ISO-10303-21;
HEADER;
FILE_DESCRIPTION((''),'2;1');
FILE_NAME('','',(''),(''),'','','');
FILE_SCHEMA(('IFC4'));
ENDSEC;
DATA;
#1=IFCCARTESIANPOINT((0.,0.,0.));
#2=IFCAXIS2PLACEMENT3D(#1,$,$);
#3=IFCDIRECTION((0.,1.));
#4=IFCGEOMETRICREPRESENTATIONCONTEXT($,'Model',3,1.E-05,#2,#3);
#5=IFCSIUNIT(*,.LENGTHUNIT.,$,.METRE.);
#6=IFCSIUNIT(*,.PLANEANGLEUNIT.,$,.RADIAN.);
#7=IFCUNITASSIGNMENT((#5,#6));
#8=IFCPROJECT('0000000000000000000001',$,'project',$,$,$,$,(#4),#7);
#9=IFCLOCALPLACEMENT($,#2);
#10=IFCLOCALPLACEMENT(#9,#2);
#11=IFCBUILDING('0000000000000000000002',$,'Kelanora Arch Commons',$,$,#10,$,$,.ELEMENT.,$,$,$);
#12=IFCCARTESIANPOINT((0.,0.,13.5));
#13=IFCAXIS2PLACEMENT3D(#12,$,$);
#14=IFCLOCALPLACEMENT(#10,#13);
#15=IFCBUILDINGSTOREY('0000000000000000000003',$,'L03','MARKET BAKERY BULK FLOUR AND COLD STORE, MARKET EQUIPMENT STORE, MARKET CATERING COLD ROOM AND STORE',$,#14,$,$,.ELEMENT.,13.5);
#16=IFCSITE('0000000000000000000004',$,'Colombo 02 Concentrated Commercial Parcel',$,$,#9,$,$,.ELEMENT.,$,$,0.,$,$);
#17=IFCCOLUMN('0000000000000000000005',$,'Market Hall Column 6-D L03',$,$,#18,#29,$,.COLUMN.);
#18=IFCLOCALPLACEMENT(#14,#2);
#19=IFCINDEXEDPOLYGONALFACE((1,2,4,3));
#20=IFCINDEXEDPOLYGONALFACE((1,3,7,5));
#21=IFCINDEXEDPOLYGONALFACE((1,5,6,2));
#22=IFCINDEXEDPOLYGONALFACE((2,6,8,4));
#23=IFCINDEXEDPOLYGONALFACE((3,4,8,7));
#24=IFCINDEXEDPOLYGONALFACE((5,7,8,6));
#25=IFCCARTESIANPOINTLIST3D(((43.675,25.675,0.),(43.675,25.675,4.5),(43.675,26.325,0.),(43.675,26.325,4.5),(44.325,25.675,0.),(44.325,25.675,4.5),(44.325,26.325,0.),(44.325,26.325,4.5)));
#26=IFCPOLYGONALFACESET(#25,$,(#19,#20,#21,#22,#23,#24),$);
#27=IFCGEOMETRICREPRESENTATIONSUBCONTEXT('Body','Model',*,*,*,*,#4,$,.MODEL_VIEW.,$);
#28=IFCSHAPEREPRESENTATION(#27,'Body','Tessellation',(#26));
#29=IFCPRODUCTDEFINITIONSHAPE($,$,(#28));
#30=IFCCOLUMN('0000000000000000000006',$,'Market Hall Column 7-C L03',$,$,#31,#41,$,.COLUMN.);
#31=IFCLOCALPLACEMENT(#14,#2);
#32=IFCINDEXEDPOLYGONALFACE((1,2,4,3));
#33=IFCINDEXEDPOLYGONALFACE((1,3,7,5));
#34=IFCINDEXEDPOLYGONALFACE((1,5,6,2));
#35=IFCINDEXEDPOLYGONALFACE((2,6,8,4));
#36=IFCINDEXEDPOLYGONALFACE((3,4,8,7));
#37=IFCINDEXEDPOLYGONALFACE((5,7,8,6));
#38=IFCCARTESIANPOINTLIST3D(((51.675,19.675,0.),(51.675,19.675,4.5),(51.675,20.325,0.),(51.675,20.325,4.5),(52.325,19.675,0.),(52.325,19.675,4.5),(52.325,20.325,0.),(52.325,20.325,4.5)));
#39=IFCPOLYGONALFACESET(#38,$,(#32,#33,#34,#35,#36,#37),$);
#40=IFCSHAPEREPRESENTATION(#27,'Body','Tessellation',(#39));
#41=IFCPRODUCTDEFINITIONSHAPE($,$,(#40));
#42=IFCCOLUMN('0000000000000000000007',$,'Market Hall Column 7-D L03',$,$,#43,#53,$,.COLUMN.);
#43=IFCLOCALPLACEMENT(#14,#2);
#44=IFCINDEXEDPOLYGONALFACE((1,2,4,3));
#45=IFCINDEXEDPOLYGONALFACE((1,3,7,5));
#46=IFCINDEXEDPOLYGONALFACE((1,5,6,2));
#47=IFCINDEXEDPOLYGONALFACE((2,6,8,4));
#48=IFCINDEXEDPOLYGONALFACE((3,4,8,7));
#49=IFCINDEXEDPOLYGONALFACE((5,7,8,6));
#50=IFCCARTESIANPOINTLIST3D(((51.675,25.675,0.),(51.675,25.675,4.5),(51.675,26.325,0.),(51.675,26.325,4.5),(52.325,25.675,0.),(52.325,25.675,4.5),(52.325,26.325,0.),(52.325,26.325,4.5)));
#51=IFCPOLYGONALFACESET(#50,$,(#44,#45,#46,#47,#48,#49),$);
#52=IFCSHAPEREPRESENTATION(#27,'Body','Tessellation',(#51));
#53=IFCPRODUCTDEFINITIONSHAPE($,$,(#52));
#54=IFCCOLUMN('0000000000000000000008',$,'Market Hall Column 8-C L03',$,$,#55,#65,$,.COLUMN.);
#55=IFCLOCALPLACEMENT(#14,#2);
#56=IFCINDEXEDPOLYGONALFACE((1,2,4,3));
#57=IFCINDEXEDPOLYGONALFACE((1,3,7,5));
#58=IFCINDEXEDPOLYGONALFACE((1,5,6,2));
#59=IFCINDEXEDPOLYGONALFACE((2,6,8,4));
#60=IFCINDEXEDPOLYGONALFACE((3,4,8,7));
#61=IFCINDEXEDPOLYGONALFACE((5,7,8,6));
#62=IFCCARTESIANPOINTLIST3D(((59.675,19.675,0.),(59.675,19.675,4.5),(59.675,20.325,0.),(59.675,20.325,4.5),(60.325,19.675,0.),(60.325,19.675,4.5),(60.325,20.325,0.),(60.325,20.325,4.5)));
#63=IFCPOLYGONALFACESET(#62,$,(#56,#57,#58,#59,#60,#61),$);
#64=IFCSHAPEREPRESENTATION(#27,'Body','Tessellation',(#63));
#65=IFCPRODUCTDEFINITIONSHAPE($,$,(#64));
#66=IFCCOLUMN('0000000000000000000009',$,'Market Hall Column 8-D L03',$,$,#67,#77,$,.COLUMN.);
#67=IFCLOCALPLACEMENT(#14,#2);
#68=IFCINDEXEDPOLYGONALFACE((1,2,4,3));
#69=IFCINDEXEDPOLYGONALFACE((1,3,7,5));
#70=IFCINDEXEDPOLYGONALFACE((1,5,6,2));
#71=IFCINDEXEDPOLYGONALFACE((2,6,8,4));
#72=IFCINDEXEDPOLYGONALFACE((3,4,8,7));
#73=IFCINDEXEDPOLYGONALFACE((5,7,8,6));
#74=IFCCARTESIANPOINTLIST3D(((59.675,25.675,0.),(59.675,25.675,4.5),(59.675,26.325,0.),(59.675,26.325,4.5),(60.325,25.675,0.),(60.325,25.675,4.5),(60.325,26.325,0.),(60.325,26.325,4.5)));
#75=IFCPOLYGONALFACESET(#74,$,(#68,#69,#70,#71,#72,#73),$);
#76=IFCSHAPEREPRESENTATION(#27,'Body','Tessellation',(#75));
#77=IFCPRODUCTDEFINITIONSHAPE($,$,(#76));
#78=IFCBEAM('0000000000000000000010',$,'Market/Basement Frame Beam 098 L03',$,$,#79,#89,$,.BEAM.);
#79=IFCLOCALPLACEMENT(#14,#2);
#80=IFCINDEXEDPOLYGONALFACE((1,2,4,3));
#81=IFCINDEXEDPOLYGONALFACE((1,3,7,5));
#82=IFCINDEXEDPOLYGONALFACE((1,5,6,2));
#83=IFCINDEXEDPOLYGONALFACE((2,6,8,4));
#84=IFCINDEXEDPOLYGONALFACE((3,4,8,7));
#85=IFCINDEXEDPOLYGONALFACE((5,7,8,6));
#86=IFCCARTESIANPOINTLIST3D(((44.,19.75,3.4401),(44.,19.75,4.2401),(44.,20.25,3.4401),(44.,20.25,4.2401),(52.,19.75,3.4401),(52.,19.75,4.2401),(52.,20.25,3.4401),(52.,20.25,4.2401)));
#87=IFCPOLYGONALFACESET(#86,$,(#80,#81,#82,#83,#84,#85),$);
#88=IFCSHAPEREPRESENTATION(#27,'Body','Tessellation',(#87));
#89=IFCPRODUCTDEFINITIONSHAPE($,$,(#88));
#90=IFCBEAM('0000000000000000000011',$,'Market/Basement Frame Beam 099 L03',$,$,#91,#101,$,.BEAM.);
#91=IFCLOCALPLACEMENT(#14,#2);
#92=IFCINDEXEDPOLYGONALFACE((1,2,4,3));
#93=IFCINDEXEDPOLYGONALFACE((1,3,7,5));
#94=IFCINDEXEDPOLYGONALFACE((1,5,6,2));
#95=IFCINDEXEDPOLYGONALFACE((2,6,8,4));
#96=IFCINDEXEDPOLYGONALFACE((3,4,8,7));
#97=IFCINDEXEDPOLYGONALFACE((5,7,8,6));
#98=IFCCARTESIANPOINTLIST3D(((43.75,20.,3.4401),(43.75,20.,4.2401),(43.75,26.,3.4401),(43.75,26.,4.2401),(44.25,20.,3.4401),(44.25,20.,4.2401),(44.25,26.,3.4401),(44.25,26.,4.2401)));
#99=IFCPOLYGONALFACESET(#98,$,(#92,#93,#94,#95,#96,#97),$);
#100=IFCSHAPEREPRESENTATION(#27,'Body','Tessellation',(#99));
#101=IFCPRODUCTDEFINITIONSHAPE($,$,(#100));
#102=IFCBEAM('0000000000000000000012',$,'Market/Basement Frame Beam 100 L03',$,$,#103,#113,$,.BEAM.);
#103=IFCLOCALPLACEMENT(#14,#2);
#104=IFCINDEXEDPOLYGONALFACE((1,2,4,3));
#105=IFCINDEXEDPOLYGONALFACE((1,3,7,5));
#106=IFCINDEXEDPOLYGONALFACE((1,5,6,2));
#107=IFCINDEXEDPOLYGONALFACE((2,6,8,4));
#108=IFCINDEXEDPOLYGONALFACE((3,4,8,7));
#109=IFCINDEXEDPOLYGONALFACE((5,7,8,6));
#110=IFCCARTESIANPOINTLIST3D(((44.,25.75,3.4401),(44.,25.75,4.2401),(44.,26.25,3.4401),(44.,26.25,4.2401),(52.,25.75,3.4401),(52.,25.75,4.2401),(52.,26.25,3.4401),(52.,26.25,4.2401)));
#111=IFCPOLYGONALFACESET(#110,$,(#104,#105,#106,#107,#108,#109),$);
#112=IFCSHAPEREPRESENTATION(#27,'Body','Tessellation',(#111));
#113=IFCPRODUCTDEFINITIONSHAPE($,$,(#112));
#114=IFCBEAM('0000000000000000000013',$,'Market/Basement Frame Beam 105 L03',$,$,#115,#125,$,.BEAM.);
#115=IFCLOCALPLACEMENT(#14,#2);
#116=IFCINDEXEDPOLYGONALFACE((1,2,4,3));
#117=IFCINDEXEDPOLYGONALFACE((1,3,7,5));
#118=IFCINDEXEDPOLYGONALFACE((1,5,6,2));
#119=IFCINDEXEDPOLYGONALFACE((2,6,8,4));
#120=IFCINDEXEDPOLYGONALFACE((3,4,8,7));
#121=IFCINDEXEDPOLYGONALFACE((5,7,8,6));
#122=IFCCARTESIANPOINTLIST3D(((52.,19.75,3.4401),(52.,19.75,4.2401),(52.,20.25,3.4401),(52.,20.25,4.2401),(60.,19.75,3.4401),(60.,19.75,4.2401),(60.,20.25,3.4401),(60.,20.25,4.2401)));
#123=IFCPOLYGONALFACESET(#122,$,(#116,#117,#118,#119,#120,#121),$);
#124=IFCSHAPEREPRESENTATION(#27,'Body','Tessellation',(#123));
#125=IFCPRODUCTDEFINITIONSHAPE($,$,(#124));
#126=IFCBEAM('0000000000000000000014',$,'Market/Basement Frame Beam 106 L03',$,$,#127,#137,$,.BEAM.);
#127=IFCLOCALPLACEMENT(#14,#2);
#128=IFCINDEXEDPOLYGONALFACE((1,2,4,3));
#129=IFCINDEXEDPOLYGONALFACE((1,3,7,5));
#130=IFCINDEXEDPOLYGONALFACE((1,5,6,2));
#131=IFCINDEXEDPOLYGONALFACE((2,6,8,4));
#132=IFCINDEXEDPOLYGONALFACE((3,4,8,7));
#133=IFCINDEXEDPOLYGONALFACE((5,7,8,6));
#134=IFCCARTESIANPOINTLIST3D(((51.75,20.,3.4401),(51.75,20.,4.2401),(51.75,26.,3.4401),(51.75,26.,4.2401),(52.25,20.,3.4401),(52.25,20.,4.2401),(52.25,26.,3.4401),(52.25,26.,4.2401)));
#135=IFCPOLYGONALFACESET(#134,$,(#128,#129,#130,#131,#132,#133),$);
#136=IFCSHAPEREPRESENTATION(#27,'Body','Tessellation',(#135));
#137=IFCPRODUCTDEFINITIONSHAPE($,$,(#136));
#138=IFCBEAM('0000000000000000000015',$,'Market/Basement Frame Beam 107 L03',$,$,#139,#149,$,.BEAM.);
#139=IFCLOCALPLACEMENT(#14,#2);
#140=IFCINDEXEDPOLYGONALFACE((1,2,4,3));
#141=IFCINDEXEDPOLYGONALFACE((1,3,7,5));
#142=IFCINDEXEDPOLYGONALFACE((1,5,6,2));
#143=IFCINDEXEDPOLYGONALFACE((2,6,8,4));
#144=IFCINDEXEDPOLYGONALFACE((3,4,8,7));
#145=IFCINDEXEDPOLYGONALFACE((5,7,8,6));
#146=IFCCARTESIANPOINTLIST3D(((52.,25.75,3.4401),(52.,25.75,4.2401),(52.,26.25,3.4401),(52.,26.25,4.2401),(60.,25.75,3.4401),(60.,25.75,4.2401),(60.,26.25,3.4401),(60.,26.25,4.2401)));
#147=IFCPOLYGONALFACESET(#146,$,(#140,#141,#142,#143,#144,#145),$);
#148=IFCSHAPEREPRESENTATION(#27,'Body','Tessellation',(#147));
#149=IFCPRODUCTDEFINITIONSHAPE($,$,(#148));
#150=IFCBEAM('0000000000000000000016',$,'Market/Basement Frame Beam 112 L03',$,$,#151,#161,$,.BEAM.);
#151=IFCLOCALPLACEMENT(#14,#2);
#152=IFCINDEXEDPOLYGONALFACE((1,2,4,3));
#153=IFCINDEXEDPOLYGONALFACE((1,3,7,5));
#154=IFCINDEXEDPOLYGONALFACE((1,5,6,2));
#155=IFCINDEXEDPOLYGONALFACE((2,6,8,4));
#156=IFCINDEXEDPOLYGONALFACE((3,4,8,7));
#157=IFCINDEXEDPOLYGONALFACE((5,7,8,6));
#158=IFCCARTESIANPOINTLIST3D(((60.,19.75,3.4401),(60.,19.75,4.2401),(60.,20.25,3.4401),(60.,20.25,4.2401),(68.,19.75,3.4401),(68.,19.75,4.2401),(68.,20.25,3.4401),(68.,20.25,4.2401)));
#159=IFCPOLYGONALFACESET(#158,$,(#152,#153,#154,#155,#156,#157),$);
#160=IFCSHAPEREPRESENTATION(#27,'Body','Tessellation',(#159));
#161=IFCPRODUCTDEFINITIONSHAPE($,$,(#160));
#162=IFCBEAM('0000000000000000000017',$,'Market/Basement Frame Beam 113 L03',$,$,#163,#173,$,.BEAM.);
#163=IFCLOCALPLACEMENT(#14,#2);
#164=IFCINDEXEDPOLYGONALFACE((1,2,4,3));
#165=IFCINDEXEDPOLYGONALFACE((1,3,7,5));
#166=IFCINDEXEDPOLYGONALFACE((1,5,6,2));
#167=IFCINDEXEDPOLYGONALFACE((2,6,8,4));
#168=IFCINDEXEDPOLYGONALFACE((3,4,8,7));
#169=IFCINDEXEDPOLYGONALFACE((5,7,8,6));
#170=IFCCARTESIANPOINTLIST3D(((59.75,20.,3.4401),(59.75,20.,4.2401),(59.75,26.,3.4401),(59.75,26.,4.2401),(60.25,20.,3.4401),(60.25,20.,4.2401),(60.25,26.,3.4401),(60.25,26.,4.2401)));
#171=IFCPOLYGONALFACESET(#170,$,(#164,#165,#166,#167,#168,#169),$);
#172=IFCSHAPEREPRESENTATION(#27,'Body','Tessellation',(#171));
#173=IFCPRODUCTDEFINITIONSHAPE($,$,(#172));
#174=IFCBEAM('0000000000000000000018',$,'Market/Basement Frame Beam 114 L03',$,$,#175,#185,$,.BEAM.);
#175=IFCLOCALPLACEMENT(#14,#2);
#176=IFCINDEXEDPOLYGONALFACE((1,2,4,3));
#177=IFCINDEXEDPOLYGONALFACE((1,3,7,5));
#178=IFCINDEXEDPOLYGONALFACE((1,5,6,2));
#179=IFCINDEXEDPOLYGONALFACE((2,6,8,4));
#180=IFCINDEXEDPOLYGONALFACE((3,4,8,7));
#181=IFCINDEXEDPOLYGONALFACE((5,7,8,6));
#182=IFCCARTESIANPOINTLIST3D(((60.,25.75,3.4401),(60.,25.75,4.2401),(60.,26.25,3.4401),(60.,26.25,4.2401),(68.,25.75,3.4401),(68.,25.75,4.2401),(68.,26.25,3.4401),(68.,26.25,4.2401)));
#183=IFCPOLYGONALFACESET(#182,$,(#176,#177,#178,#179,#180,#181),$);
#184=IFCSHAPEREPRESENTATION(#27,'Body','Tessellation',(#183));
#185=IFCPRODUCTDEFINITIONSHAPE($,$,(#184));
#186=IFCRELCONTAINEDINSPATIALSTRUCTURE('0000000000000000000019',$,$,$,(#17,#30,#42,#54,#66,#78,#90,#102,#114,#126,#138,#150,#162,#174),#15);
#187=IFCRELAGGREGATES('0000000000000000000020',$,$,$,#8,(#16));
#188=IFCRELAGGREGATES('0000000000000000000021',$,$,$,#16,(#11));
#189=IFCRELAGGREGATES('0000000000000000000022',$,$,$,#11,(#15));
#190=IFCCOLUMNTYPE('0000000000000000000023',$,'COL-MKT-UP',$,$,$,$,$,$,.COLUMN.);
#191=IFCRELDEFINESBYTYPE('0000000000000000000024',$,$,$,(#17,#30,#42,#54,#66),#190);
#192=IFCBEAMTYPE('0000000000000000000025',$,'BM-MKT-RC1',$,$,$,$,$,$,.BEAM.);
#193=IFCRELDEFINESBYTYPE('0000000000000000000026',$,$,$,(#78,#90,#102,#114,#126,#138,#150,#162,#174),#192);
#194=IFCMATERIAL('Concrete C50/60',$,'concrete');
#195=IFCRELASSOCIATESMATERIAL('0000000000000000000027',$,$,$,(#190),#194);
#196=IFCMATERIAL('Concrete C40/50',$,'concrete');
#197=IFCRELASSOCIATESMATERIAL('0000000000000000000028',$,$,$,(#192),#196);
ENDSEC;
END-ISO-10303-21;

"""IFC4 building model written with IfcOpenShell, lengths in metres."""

from ifc_helpers import new_model, si_unit, direction, frame, origin, origin_2d, place, context, subcontext, project, spatial, rectangle, extrude, material, material_profile, profile_set, type_object, element, save


model = new_model("IFC4")

# Units and contexts
model_context = context("Model", 3, precision=1e-05, world=origin(), true_north=direction((0.0, 1.0)))
body_context = subcontext(model_context, "Body", "Model", "MODEL_VIEW")
ifc_project = project(units=[si_unit("LENGTHUNIT", "METRE"), si_unit("PLANEANGLEUNIT", "RADIAN")], contexts=[model_context])

# Site, building, storey
site_placement = place(None, origin())
site = spatial("IfcSite", under=ifc_project, at=site_placement, Name="Colombo 02 Concentrated Commercial Parcel", CompositionType="ELEMENT", RefElevation=0.0)
building_placement = place(site_placement, origin())
building = spatial("IfcBuilding", under=site, at=building_placement, Name="Kelanora Arch Commons", CompositionType="ELEMENT")
storey_placement = place(building_placement, frame((0.0, 0.0, 13.5)))
storey = spatial("IfcBuildingStorey", under=building, at=storey_placement, Name="L03", Description="MARKET BAKERY BULK FLOUR AND COLD STORE, MARKET EQUIPMENT STORE, MARKET CATERING COLD ROOM AND STORE", CompositionType="ELEMENT", Elevation=13.5)

# Columns
ifc_material_1 = material(Name="Concrete C50/60", Category="concrete")
ifc_material_profile_1 = material_profile(ifc_material_1, rectangle(XDim=0.6499, YDim=0.6499, at=origin_2d()), Name="RC650x650")
ifc_profile_set_1 = profile_set([ifc_material_profile_1], Name="Concrete C50/60")
column_type = type_object("IfcColumnType", Name="COL-MKT-UP", PredefinedType="COLUMN", material=ifc_profile_set_1)
for number, where, z_axis, x_axis, name in (
    (1, (44.0, 26.0, 0.0), (0.0, 0.0, 1.0), (1.0, 0.0, 0.0), "Market Hall Column 6-D L03"),
    (2, (52.0, 20.0, 0.0), (0.0, 0.0, 1.0), (1.0, 0.0, 0.0), "Market Hall Column 7-C L03"),
    (3, (52.0, 26.0, 0.0), (0.0, 0.0, 1.0), (1.0, 0.0, 0.0), "Market Hall Column 7-D L03"),
    (4, (60.0, 20.0, 0.0), (0.0, 0.0, 1.0), (1.0, 0.0, 0.0), "Market Hall Column 8-C L03"),
    (5, (60.0, 26.0, 0.0), (0.0, 0.0, 1.0), (1.0, 0.0, 0.0), "Market Hall Column 8-D L03"),
):
    element("IfcColumn", number, at=place(storey_placement, frame(where, z_axis=z_axis, x_axis=x_axis)), inside=storey, type_object=column_type, Name=name, PredefinedType="COLUMN", context=body_context, shape_type="SweptSolid", body=[
        extrude(rectangle(XDim=0.6499, YDim=0.6499, at=origin_2d()), origin(), (0.0, 0.0, 1.0), 4.5),
    ])

# Beams
ifc_material_2 = material(Name="Concrete C40/50", Category="concrete")
ifc_material_profile_2 = material_profile(ifc_material_2, rectangle(XDim=0.5, YDim=0.8, at=origin_2d()), Name="RCB500x800")
ifc_profile_set_2 = profile_set([ifc_material_profile_2], Name="Concrete C40/50")
beam_type = type_object("IfcBeamType", Name="BM-MKT-RC1", PredefinedType="BEAM", material=ifc_profile_set_2)
beam_1_placement = place(storey_placement, frame((44.0, 20.0, 3.8401), z_axis=(1.0, 0.0, 0.0), x_axis=(0.0, 1.0, 0.0)))
element("IfcBeam", 6, at=beam_1_placement, inside=storey, type_object=beam_type, Name="Market/Basement Frame Beam 098 L03", PredefinedType="BEAM", context=body_context, shape_type="SweptSolid", body=[
    extrude(rectangle(XDim=0.5, YDim=0.8, at=origin_2d()), origin(), (0.0, 0.0, 1.0), 8.0),
])
beam_2_placement = place(storey_placement, frame((44.0, 20.0, 3.8401), z_axis=(0.0, 1.0, 0.0), x_axis=(-1.0, 0.0, 0.0)))
element("IfcBeam", 7, at=beam_2_placement, inside=storey, type_object=beam_type, Name="Market/Basement Frame Beam 099 L03", PredefinedType="BEAM", context=body_context, shape_type="SweptSolid", body=[
    extrude(rectangle(XDim=0.5, YDim=0.8, at=origin_2d()), origin(), (0.0, 0.0, 1.0), 6.0),
])
for number, where, z_axis, x_axis, name in (
    (8, (44.0, 26.0, 3.8401), (1.0, 0.0, 0.0), (0.0, 1.0, 0.0), "Market/Basement Frame Beam 100 L03"),
    (9, (52.0, 20.0, 3.8401), (1.0, 0.0, 0.0), (0.0, 1.0, 0.0), "Market/Basement Frame Beam 105 L03"),
):
    element("IfcBeam", number, at=place(storey_placement, frame(where, z_axis=z_axis, x_axis=x_axis)), inside=storey, type_object=beam_type, Name=name, PredefinedType="BEAM", context=body_context, shape_type="SweptSolid", body=[
        extrude(rectangle(XDim=0.5, YDim=0.8, at=origin_2d()), origin(), (0.0, 0.0, 1.0), 8.0),
    ])
beam_3_placement = place(storey_placement, frame((52.0, 20.0, 3.8401), z_axis=(0.0, 1.0, 0.0), x_axis=(-1.0, 0.0, 0.0)))
element("IfcBeam", 10, at=beam_3_placement, inside=storey, type_object=beam_type, Name="Market/Basement Frame Beam 106 L03", PredefinedType="BEAM", context=body_context, shape_type="SweptSolid", body=[
    extrude(rectangle(XDim=0.5, YDim=0.8, at=origin_2d()), origin(), (0.0, 0.0, 1.0), 6.0),
])
for number, where, z_axis, x_axis, name in (
    (11, (52.0, 26.0, 3.8401), (1.0, 0.0, 0.0), (0.0, 1.0, 0.0), "Market/Basement Frame Beam 107 L03"),
    (12, (60.0, 20.0, 3.8401), (1.0, 0.0, 0.0), (0.0, 1.0, 0.0), "Market/Basement Frame Beam 112 L03"),
):
    element("IfcBeam", number, at=place(storey_placement, frame(where, z_axis=z_axis, x_axis=x_axis)), inside=storey, type_object=beam_type, Name=name, PredefinedType="BEAM", context=body_context, shape_type="SweptSolid", body=[
        extrude(rectangle(XDim=0.5, YDim=0.8, at=origin_2d()), origin(), (0.0, 0.0, 1.0), 8.0),
    ])
beam_4_placement = place(storey_placement, frame((60.0, 20.0, 3.8401), z_axis=(0.0, 1.0, 0.0), x_axis=(-1.0, 0.0, 0.0)))
element("IfcBeam", 13, at=beam_4_placement, inside=storey, type_object=beam_type, Name="Market/Basement Frame Beam 113 L03", PredefinedType="BEAM", context=body_context, shape_type="SweptSolid", body=[
    extrude(rectangle(XDim=0.5, YDim=0.8, at=origin_2d()), origin(), (0.0, 0.0, 1.0), 6.0),
])
beam_5_placement = place(storey_placement, frame((60.0, 26.0, 3.8401), z_axis=(1.0, 0.0, 0.0), x_axis=(0.0, 1.0, 0.0)))
element("IfcBeam", 14, at=beam_5_placement, inside=storey, type_object=beam_type, Name="Market/Basement Frame Beam 114 L03", PredefinedType="BEAM", context=body_context, shape_type="SweptSolid", body=[
    extrude(rectangle(XDim=0.5, YDim=0.8, at=origin_2d()), origin(), (0.0, 0.0, 1.0), 8.0),
])

save(model, "model.ifc")
